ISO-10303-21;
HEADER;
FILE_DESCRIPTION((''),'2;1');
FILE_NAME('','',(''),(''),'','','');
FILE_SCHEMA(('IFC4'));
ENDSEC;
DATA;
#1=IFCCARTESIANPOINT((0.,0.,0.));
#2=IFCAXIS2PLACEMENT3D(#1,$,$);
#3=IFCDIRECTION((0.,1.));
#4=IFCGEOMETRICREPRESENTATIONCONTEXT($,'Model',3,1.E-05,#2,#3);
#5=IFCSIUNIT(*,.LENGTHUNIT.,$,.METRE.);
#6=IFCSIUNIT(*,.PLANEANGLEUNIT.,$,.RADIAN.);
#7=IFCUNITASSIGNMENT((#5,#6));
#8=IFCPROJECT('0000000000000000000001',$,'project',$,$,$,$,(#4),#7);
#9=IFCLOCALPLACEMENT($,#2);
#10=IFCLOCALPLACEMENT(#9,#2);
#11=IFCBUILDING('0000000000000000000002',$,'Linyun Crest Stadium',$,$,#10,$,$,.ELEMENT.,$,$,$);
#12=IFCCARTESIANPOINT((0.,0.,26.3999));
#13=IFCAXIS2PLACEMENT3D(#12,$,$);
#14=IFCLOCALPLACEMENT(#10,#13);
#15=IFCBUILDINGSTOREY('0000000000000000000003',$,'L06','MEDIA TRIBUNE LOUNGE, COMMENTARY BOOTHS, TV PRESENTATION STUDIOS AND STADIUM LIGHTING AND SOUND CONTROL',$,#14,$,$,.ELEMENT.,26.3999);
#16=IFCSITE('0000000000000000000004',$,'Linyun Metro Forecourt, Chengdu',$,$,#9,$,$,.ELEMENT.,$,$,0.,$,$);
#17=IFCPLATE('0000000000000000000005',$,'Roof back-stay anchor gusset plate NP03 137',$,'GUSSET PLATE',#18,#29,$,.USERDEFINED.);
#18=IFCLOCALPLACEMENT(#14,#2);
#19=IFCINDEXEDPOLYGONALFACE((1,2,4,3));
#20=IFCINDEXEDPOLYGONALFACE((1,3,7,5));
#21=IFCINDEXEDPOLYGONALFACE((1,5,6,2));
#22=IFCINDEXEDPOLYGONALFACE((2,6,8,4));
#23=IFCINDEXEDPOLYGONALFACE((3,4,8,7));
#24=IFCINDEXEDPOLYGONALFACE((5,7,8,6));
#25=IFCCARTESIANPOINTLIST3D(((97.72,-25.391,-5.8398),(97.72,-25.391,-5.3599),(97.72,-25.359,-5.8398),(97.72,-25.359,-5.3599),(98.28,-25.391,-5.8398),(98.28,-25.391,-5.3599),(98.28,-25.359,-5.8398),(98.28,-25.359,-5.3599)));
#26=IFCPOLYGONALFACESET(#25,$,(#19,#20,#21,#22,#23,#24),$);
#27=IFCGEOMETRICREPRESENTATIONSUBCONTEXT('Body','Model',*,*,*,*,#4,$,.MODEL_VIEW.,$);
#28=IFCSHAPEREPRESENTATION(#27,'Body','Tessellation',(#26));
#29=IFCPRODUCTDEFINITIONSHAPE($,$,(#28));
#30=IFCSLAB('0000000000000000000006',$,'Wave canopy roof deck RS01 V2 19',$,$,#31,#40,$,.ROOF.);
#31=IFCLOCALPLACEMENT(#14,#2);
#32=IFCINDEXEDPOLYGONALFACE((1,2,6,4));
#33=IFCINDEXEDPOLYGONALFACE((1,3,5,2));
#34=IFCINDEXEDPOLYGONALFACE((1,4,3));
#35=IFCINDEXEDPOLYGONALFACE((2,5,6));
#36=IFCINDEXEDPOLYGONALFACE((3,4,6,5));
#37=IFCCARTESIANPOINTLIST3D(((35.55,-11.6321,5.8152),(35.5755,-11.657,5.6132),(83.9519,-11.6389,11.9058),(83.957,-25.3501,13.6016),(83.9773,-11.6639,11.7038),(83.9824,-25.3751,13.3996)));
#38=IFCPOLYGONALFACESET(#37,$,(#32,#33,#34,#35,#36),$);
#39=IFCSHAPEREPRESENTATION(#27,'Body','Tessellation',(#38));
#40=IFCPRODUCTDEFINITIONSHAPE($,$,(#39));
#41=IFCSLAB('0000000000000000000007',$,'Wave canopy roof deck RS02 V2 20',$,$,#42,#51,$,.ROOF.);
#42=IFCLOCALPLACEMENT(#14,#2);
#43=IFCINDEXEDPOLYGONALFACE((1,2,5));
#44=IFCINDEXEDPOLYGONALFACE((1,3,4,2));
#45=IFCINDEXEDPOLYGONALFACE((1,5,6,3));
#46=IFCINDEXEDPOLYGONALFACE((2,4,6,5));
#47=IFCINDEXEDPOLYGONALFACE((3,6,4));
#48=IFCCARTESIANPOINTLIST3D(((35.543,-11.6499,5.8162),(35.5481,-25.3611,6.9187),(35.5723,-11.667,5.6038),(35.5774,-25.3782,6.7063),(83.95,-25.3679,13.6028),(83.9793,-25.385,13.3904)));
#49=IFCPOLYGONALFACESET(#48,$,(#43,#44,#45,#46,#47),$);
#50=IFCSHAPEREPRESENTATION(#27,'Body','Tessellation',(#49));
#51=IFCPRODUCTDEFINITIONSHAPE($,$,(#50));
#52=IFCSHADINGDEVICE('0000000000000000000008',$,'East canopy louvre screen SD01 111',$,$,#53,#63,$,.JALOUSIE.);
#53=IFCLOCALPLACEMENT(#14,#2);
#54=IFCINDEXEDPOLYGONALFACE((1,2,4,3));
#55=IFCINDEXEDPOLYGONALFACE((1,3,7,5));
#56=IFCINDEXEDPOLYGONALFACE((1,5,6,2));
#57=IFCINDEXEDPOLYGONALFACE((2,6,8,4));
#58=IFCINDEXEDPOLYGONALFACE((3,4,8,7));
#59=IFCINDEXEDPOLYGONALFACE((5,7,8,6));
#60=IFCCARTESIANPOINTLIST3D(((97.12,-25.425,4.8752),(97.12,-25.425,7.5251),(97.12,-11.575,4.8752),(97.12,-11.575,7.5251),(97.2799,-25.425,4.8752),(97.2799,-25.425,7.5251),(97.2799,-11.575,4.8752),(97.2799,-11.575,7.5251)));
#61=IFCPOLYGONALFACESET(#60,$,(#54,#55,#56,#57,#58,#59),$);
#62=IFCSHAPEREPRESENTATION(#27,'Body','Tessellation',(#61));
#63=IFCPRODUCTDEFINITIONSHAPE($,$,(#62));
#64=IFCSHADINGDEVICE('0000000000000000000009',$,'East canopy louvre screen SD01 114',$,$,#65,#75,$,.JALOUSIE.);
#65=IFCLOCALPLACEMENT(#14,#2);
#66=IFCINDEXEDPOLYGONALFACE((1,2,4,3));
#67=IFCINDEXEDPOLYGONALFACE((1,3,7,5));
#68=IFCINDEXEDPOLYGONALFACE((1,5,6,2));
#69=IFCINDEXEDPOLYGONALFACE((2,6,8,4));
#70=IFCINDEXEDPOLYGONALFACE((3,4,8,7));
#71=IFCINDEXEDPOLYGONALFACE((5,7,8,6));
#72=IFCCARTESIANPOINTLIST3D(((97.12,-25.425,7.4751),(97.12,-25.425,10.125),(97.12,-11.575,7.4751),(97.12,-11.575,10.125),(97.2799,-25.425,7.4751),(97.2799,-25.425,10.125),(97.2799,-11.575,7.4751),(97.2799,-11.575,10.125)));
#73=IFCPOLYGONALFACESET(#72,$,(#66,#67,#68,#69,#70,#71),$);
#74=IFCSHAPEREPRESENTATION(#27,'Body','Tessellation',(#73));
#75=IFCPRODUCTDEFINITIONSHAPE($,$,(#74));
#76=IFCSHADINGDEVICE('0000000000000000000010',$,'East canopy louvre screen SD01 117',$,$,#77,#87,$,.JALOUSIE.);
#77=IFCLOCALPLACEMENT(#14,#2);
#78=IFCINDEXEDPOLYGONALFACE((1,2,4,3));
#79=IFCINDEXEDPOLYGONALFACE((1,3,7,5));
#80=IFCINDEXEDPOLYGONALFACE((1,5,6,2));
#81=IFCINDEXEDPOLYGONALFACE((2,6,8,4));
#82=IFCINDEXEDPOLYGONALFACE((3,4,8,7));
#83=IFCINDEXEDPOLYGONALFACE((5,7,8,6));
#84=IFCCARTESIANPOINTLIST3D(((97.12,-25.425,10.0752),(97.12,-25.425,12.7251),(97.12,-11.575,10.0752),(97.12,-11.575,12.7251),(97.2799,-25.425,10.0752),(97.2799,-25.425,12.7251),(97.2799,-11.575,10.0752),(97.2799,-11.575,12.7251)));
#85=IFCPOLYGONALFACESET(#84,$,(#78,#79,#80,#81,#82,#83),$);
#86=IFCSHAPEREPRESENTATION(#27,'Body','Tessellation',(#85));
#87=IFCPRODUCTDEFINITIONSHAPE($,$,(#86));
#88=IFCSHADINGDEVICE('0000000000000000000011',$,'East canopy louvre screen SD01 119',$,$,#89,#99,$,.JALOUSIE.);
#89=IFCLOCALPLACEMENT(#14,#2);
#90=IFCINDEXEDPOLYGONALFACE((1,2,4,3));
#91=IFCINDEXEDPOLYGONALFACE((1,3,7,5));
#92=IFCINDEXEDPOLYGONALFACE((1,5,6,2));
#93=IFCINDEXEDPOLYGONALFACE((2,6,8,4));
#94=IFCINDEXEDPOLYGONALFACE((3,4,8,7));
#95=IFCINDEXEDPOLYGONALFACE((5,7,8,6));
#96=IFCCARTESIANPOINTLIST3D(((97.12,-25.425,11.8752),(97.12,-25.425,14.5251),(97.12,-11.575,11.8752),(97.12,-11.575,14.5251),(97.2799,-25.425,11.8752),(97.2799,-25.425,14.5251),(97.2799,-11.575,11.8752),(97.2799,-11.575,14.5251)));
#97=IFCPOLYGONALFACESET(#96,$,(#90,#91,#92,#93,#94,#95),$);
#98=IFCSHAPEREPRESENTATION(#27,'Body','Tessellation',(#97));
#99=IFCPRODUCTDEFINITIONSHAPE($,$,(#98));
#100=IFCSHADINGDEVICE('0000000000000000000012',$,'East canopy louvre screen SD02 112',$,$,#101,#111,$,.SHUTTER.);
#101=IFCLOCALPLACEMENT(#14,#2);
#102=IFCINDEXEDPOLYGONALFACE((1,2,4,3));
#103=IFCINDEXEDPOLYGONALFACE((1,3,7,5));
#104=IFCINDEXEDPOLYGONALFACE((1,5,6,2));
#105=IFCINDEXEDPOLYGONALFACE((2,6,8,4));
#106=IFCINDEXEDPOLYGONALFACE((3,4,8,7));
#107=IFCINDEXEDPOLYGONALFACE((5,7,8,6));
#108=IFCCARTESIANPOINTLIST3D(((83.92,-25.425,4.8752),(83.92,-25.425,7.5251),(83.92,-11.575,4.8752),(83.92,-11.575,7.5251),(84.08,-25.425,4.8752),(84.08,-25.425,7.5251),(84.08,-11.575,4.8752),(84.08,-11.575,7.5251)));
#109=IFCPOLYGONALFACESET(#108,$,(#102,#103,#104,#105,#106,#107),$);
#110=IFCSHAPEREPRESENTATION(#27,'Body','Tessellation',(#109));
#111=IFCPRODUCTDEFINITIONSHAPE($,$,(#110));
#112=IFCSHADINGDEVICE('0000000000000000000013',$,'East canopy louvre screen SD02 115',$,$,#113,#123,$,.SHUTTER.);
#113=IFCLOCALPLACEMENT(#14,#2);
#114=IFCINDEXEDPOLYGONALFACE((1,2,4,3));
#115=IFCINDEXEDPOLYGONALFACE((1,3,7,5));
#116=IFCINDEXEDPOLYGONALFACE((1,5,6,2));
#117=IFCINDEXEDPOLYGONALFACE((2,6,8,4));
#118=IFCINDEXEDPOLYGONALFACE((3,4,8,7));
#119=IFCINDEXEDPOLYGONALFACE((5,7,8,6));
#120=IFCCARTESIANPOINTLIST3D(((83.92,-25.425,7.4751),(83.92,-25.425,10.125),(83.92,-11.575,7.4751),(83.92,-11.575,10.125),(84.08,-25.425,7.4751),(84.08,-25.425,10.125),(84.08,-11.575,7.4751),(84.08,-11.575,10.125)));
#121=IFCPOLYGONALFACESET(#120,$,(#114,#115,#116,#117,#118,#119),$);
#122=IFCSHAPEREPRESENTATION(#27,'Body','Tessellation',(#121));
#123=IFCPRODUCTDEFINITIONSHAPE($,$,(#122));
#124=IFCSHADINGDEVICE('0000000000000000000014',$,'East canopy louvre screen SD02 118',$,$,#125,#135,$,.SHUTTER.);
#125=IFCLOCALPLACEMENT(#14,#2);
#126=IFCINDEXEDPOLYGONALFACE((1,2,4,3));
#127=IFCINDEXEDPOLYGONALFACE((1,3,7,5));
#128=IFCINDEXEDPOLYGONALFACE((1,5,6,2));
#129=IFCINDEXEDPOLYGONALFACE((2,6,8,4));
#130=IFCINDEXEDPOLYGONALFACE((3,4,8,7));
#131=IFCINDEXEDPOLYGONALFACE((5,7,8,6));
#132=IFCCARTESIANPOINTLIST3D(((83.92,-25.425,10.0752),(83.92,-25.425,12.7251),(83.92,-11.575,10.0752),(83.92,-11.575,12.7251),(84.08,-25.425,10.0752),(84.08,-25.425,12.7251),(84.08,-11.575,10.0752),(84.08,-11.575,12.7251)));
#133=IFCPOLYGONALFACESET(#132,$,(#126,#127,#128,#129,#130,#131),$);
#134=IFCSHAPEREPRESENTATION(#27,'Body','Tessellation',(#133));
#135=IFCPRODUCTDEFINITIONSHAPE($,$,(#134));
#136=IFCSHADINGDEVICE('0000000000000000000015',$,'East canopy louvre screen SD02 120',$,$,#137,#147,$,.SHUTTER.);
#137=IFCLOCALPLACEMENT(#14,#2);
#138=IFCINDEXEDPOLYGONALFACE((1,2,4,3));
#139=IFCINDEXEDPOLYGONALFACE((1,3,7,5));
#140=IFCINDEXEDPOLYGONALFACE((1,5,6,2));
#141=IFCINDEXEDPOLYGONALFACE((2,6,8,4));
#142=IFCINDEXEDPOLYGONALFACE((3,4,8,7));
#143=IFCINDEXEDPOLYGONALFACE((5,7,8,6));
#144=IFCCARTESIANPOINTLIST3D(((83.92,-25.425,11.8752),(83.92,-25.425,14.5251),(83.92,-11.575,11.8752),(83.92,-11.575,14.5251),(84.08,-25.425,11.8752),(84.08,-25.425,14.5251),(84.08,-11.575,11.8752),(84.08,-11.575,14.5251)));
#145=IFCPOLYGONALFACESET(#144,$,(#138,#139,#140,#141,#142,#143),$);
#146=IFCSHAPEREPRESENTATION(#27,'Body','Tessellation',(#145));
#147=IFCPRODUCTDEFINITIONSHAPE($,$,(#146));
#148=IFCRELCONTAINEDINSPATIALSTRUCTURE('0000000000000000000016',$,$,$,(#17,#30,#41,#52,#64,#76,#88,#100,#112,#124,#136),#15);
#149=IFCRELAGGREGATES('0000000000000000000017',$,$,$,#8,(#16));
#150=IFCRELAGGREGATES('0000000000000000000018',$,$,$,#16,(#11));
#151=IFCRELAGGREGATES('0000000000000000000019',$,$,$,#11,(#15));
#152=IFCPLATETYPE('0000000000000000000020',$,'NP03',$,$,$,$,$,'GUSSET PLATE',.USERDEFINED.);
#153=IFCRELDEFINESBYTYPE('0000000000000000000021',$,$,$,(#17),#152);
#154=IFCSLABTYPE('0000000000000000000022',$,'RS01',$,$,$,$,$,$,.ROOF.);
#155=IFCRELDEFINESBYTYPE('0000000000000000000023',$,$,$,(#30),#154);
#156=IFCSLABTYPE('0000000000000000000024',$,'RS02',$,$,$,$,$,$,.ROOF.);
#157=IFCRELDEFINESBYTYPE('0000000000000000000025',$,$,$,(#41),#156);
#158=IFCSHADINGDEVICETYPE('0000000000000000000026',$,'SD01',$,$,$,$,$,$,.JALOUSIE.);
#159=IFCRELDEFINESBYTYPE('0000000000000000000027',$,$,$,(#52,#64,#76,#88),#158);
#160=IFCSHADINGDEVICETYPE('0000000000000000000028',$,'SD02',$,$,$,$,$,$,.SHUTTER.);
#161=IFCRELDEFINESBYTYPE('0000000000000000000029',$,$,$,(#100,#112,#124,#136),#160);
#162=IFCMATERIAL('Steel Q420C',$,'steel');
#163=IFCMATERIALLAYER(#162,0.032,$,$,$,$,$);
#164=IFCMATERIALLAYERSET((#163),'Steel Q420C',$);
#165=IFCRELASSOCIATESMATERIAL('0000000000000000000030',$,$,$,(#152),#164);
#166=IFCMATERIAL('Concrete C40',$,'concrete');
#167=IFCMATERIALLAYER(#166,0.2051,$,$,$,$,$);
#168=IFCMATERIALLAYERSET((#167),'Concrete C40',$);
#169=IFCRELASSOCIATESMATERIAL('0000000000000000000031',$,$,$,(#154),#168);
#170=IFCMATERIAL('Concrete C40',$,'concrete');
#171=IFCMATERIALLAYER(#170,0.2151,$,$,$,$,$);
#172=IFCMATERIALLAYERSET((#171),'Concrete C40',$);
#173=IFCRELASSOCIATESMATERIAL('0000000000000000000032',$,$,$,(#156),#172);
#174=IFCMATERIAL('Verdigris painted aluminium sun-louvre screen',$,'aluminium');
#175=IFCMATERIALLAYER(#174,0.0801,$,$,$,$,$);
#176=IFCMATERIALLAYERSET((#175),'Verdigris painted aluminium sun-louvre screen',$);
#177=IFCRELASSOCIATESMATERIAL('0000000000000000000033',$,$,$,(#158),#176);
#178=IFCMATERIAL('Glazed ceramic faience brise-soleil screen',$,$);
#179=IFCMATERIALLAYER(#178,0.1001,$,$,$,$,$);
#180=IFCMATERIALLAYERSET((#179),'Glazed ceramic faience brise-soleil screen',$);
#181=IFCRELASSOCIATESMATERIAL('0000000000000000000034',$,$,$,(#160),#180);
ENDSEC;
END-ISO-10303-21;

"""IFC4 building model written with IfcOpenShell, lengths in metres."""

from ifc_helpers import new_model, si_unit, direction, frame, origin, origin_2d, place, context, subcontext, project, spatial, polyline, rectangle, outline, extrude, material, layer, layer_set, type_object, element, save


model = new_model("IFC4")

# Units and contexts
model_context = context("Model", 3, precision=1e-05, world=origin(), true_north=direction((0.0, 1.0)))
body_context = subcontext(model_context, "Body", "Model", "MODEL_VIEW")
ifc_project = project(units=[si_unit("LENGTHUNIT", "METRE"), si_unit("PLANEANGLEUNIT", "RADIAN")], contexts=[model_context])

# Site, building, storey
site_placement = place(None, origin())
site = spatial("IfcSite", under=ifc_project, at=site_placement, Name="Linyun Metro Forecourt, Chengdu", CompositionType="ELEMENT", RefElevation=0.0)
building_placement = place(site_placement, origin())
building = spatial("IfcBuilding", under=site, at=building_placement, Name="Linyun Crest Stadium", CompositionType="ELEMENT")
storey_placement = place(building_placement, frame((0.0, 0.0, 26.3999)))
storey = spatial("IfcBuildingStorey", under=building, at=storey_placement, Name="L06", Description="MEDIA TRIBUNE LOUNGE, COMMENTARY BOOTHS, TV PRESENTATION STUDIOS AND STADIUM LIGHTING AND SOUND CONTROL", CompositionType="ELEMENT", Elevation=26.3999)

# Plate
ifc_material_1 = material(Name="Steel Q420C", Category="steel")
ifc_layer_1 = layer(ifc_material_1, 0.032)
ifc_layer_set_1 = layer_set([ifc_layer_1], Name="Steel Q420C")
plate_type_1 = type_object("IfcPlateType", Name="NP03", ElementType="GUSSET PLATE", PredefinedType="USERDEFINED", material=ifc_layer_set_1)
plate_1_placement = place(storey_placement, frame((98.0, -25.375, -5.8398), z_axis=(0.0, 0.0, 1.0), x_axis=(1.0, 0.0, 0.0)))
element("IfcPlate", 1, at=plate_1_placement, inside=storey, type_object=plate_type_1, Name="Roof back-stay anchor gusset plate NP03 137", ObjectType="GUSSET PLATE", PredefinedType="USERDEFINED", context=body_context, shape_type="SweptSolid", body=[
    extrude(rectangle(XDim=0.5601, YDim=0.032, at=origin_2d()), origin(), (0.0, 0.0, 1.0), 0.48),
])

# Slabs
ifc_material_2 = material(Name="Concrete C40", Category="concrete")
ifc_layer_2 = layer(ifc_material_2, 0.2051)
ifc_layer_set_2 = layer_set([ifc_layer_2], Name="Concrete C40")
slab_type_1 = type_object("IfcSlabType", Name="RS01", PredefinedType="ROOF", material=ifc_layer_set_2)
slab_1_placement = place(storey_placement, frame((83.957, -25.3501, 13.6016), z_axis=(-0.123903, 0.121753, 0.984796), x_axis=(-0.000371, 0.992438, -0.122745)))
element("IfcSlab", 2, at=slab_1_placement, inside=storey, type_object=slab_type_1, Name="Wave canopy roof deck RS01 V2 19", PredefinedType="ROOF", context=body_context, shape_type="SweptSolid", body=[
    extrude(outline(polyline([(0.0, 0.0), (13.8157, 0.0), (14.588, 48.7774), (0.0, 0.0)])), origin(), (0.0, 0.0, -1.0), 0.2051),
])
ifc_material_3 = material(Name="Concrete C40", Category="concrete")
ifc_layer_3 = layer(ifc_material_3, 0.2151)
ifc_layer_set_3 = layer_set([ifc_layer_3], Name="Concrete C40")
slab_type_2 = type_object("IfcSlabType", Name="RS02", PredefinedType="ROOF", material=ifc_layer_set_3)
slab_2_placement = place(storey_placement, frame((83.95, -25.3679, 13.6028), z_axis=(-0.136355, 0.079354, 0.987477), x_axis=(-0.950794, 0.269445, -0.152942)))
element("IfcSlab", 3, at=slab_2_placement, inside=storey, type_object=slab_type_2, Name="Wave canopy roof deck RS02 V2 20", PredefinedType="ROOF", context=body_context, shape_type="SweptSolid", body=[
    extrude(outline(polyline([(0.0, 0.0), (50.9122, 0.0), (47.0443, 13.2004), (0.0, 0.0)])), origin(), (0.0, 0.0, -1.0), 0.2151),
])

# Shading devices
ifc_material_4 = material(Name="Verdigris painted aluminium sun-louvre screen", Category="aluminium")
ifc_layer_4 = layer(ifc_material_4, 0.0801)
ifc_layer_set_4 = layer_set([ifc_layer_4], Name="Verdigris painted aluminium sun-louvre screen")
shading_device_type_1 = type_object("IfcShadingDeviceType", Name="SD01", PredefinedType="JALOUSIE", material=ifc_layer_set_4)
for number, where, z_axis, x_axis, name in (
    (4, (97.2, -18.5, 4.8752), (0.0, 0.0, 1.0), (1.0, 0.0, 0.0), "East canopy louvre screen SD01 111"),
    (5, (97.2, -18.5, 7.4751), (0.0, 0.0, 1.0), (1.0, 0.0, 0.0), "East canopy louvre screen SD01 114"),
    (6, (97.2, -18.5, 10.0752), (0.0, 0.0, 1.0), (1.0, 0.0, 0.0), "East canopy louvre screen SD01 117"),
    (7, (97.2, -18.5, 11.8752), (0.0, 0.0, 1.0), (1.0, 0.0, 0.0), "East canopy louvre screen SD01 119"),
):
    element("IfcShadingDevice", number, at=place(storey_placement, frame(where, z_axis=z_axis, x_axis=x_axis)), inside=storey, type_object=shading_device_type_1, Name=name, PredefinedType="JALOUSIE", context=body_context, shape_type="SweptSolid", body=[
        extrude(rectangle(XDim=0.1599, YDim=13.8501, at=origin_2d()), origin(), (0.0, 0.0, 1.0), 2.6499),
    ])
ifc_material_5 = material(Name="Glazed ceramic faience brise-soleil screen")
ifc_layer_5 = layer(ifc_material_5, 0.1001)
ifc_layer_set_5 = layer_set([ifc_layer_5], Name="Glazed ceramic faience brise-soleil screen")
shading_device_type_2 = type_object("IfcShadingDeviceType", Name="SD02", PredefinedType="SHUTTER", material=ifc_layer_set_5)
for number, where, z_axis, x_axis, name in (
    (8, (84.0, -18.5, 4.8752), (0.0, 0.0, 1.0), (1.0, 0.0, 0.0), "East canopy louvre screen SD02 112"),
    (9, (84.0, -18.5, 7.4751), (0.0, 0.0, 1.0), (1.0, 0.0, 0.0), "East canopy louvre screen SD02 115"),
    (10, (84.0, -18.5, 10.0752), (0.0, 0.0, 1.0), (1.0, 0.0, 0.0), "East canopy louvre screen SD02 118"),
    (11, (84.0, -18.5, 11.8752), (0.0, 0.0, 1.0), (1.0, 0.0, 0.0), "East canopy louvre screen SD02 120"),
):
    element("IfcShadingDevice", number, at=place(storey_placement, frame(where, z_axis=z_axis, x_axis=x_axis)), inside=storey, type_object=shading_device_type_2, Name=name, PredefinedType="SHUTTER", context=body_context, shape_type="SweptSolid", body=[
        extrude(rectangle(XDim=0.1599, YDim=13.8501, at=origin_2d()), origin(), (0.0, 0.0, 1.0), 2.6499),
    ])

save(model, "model.ifc")
